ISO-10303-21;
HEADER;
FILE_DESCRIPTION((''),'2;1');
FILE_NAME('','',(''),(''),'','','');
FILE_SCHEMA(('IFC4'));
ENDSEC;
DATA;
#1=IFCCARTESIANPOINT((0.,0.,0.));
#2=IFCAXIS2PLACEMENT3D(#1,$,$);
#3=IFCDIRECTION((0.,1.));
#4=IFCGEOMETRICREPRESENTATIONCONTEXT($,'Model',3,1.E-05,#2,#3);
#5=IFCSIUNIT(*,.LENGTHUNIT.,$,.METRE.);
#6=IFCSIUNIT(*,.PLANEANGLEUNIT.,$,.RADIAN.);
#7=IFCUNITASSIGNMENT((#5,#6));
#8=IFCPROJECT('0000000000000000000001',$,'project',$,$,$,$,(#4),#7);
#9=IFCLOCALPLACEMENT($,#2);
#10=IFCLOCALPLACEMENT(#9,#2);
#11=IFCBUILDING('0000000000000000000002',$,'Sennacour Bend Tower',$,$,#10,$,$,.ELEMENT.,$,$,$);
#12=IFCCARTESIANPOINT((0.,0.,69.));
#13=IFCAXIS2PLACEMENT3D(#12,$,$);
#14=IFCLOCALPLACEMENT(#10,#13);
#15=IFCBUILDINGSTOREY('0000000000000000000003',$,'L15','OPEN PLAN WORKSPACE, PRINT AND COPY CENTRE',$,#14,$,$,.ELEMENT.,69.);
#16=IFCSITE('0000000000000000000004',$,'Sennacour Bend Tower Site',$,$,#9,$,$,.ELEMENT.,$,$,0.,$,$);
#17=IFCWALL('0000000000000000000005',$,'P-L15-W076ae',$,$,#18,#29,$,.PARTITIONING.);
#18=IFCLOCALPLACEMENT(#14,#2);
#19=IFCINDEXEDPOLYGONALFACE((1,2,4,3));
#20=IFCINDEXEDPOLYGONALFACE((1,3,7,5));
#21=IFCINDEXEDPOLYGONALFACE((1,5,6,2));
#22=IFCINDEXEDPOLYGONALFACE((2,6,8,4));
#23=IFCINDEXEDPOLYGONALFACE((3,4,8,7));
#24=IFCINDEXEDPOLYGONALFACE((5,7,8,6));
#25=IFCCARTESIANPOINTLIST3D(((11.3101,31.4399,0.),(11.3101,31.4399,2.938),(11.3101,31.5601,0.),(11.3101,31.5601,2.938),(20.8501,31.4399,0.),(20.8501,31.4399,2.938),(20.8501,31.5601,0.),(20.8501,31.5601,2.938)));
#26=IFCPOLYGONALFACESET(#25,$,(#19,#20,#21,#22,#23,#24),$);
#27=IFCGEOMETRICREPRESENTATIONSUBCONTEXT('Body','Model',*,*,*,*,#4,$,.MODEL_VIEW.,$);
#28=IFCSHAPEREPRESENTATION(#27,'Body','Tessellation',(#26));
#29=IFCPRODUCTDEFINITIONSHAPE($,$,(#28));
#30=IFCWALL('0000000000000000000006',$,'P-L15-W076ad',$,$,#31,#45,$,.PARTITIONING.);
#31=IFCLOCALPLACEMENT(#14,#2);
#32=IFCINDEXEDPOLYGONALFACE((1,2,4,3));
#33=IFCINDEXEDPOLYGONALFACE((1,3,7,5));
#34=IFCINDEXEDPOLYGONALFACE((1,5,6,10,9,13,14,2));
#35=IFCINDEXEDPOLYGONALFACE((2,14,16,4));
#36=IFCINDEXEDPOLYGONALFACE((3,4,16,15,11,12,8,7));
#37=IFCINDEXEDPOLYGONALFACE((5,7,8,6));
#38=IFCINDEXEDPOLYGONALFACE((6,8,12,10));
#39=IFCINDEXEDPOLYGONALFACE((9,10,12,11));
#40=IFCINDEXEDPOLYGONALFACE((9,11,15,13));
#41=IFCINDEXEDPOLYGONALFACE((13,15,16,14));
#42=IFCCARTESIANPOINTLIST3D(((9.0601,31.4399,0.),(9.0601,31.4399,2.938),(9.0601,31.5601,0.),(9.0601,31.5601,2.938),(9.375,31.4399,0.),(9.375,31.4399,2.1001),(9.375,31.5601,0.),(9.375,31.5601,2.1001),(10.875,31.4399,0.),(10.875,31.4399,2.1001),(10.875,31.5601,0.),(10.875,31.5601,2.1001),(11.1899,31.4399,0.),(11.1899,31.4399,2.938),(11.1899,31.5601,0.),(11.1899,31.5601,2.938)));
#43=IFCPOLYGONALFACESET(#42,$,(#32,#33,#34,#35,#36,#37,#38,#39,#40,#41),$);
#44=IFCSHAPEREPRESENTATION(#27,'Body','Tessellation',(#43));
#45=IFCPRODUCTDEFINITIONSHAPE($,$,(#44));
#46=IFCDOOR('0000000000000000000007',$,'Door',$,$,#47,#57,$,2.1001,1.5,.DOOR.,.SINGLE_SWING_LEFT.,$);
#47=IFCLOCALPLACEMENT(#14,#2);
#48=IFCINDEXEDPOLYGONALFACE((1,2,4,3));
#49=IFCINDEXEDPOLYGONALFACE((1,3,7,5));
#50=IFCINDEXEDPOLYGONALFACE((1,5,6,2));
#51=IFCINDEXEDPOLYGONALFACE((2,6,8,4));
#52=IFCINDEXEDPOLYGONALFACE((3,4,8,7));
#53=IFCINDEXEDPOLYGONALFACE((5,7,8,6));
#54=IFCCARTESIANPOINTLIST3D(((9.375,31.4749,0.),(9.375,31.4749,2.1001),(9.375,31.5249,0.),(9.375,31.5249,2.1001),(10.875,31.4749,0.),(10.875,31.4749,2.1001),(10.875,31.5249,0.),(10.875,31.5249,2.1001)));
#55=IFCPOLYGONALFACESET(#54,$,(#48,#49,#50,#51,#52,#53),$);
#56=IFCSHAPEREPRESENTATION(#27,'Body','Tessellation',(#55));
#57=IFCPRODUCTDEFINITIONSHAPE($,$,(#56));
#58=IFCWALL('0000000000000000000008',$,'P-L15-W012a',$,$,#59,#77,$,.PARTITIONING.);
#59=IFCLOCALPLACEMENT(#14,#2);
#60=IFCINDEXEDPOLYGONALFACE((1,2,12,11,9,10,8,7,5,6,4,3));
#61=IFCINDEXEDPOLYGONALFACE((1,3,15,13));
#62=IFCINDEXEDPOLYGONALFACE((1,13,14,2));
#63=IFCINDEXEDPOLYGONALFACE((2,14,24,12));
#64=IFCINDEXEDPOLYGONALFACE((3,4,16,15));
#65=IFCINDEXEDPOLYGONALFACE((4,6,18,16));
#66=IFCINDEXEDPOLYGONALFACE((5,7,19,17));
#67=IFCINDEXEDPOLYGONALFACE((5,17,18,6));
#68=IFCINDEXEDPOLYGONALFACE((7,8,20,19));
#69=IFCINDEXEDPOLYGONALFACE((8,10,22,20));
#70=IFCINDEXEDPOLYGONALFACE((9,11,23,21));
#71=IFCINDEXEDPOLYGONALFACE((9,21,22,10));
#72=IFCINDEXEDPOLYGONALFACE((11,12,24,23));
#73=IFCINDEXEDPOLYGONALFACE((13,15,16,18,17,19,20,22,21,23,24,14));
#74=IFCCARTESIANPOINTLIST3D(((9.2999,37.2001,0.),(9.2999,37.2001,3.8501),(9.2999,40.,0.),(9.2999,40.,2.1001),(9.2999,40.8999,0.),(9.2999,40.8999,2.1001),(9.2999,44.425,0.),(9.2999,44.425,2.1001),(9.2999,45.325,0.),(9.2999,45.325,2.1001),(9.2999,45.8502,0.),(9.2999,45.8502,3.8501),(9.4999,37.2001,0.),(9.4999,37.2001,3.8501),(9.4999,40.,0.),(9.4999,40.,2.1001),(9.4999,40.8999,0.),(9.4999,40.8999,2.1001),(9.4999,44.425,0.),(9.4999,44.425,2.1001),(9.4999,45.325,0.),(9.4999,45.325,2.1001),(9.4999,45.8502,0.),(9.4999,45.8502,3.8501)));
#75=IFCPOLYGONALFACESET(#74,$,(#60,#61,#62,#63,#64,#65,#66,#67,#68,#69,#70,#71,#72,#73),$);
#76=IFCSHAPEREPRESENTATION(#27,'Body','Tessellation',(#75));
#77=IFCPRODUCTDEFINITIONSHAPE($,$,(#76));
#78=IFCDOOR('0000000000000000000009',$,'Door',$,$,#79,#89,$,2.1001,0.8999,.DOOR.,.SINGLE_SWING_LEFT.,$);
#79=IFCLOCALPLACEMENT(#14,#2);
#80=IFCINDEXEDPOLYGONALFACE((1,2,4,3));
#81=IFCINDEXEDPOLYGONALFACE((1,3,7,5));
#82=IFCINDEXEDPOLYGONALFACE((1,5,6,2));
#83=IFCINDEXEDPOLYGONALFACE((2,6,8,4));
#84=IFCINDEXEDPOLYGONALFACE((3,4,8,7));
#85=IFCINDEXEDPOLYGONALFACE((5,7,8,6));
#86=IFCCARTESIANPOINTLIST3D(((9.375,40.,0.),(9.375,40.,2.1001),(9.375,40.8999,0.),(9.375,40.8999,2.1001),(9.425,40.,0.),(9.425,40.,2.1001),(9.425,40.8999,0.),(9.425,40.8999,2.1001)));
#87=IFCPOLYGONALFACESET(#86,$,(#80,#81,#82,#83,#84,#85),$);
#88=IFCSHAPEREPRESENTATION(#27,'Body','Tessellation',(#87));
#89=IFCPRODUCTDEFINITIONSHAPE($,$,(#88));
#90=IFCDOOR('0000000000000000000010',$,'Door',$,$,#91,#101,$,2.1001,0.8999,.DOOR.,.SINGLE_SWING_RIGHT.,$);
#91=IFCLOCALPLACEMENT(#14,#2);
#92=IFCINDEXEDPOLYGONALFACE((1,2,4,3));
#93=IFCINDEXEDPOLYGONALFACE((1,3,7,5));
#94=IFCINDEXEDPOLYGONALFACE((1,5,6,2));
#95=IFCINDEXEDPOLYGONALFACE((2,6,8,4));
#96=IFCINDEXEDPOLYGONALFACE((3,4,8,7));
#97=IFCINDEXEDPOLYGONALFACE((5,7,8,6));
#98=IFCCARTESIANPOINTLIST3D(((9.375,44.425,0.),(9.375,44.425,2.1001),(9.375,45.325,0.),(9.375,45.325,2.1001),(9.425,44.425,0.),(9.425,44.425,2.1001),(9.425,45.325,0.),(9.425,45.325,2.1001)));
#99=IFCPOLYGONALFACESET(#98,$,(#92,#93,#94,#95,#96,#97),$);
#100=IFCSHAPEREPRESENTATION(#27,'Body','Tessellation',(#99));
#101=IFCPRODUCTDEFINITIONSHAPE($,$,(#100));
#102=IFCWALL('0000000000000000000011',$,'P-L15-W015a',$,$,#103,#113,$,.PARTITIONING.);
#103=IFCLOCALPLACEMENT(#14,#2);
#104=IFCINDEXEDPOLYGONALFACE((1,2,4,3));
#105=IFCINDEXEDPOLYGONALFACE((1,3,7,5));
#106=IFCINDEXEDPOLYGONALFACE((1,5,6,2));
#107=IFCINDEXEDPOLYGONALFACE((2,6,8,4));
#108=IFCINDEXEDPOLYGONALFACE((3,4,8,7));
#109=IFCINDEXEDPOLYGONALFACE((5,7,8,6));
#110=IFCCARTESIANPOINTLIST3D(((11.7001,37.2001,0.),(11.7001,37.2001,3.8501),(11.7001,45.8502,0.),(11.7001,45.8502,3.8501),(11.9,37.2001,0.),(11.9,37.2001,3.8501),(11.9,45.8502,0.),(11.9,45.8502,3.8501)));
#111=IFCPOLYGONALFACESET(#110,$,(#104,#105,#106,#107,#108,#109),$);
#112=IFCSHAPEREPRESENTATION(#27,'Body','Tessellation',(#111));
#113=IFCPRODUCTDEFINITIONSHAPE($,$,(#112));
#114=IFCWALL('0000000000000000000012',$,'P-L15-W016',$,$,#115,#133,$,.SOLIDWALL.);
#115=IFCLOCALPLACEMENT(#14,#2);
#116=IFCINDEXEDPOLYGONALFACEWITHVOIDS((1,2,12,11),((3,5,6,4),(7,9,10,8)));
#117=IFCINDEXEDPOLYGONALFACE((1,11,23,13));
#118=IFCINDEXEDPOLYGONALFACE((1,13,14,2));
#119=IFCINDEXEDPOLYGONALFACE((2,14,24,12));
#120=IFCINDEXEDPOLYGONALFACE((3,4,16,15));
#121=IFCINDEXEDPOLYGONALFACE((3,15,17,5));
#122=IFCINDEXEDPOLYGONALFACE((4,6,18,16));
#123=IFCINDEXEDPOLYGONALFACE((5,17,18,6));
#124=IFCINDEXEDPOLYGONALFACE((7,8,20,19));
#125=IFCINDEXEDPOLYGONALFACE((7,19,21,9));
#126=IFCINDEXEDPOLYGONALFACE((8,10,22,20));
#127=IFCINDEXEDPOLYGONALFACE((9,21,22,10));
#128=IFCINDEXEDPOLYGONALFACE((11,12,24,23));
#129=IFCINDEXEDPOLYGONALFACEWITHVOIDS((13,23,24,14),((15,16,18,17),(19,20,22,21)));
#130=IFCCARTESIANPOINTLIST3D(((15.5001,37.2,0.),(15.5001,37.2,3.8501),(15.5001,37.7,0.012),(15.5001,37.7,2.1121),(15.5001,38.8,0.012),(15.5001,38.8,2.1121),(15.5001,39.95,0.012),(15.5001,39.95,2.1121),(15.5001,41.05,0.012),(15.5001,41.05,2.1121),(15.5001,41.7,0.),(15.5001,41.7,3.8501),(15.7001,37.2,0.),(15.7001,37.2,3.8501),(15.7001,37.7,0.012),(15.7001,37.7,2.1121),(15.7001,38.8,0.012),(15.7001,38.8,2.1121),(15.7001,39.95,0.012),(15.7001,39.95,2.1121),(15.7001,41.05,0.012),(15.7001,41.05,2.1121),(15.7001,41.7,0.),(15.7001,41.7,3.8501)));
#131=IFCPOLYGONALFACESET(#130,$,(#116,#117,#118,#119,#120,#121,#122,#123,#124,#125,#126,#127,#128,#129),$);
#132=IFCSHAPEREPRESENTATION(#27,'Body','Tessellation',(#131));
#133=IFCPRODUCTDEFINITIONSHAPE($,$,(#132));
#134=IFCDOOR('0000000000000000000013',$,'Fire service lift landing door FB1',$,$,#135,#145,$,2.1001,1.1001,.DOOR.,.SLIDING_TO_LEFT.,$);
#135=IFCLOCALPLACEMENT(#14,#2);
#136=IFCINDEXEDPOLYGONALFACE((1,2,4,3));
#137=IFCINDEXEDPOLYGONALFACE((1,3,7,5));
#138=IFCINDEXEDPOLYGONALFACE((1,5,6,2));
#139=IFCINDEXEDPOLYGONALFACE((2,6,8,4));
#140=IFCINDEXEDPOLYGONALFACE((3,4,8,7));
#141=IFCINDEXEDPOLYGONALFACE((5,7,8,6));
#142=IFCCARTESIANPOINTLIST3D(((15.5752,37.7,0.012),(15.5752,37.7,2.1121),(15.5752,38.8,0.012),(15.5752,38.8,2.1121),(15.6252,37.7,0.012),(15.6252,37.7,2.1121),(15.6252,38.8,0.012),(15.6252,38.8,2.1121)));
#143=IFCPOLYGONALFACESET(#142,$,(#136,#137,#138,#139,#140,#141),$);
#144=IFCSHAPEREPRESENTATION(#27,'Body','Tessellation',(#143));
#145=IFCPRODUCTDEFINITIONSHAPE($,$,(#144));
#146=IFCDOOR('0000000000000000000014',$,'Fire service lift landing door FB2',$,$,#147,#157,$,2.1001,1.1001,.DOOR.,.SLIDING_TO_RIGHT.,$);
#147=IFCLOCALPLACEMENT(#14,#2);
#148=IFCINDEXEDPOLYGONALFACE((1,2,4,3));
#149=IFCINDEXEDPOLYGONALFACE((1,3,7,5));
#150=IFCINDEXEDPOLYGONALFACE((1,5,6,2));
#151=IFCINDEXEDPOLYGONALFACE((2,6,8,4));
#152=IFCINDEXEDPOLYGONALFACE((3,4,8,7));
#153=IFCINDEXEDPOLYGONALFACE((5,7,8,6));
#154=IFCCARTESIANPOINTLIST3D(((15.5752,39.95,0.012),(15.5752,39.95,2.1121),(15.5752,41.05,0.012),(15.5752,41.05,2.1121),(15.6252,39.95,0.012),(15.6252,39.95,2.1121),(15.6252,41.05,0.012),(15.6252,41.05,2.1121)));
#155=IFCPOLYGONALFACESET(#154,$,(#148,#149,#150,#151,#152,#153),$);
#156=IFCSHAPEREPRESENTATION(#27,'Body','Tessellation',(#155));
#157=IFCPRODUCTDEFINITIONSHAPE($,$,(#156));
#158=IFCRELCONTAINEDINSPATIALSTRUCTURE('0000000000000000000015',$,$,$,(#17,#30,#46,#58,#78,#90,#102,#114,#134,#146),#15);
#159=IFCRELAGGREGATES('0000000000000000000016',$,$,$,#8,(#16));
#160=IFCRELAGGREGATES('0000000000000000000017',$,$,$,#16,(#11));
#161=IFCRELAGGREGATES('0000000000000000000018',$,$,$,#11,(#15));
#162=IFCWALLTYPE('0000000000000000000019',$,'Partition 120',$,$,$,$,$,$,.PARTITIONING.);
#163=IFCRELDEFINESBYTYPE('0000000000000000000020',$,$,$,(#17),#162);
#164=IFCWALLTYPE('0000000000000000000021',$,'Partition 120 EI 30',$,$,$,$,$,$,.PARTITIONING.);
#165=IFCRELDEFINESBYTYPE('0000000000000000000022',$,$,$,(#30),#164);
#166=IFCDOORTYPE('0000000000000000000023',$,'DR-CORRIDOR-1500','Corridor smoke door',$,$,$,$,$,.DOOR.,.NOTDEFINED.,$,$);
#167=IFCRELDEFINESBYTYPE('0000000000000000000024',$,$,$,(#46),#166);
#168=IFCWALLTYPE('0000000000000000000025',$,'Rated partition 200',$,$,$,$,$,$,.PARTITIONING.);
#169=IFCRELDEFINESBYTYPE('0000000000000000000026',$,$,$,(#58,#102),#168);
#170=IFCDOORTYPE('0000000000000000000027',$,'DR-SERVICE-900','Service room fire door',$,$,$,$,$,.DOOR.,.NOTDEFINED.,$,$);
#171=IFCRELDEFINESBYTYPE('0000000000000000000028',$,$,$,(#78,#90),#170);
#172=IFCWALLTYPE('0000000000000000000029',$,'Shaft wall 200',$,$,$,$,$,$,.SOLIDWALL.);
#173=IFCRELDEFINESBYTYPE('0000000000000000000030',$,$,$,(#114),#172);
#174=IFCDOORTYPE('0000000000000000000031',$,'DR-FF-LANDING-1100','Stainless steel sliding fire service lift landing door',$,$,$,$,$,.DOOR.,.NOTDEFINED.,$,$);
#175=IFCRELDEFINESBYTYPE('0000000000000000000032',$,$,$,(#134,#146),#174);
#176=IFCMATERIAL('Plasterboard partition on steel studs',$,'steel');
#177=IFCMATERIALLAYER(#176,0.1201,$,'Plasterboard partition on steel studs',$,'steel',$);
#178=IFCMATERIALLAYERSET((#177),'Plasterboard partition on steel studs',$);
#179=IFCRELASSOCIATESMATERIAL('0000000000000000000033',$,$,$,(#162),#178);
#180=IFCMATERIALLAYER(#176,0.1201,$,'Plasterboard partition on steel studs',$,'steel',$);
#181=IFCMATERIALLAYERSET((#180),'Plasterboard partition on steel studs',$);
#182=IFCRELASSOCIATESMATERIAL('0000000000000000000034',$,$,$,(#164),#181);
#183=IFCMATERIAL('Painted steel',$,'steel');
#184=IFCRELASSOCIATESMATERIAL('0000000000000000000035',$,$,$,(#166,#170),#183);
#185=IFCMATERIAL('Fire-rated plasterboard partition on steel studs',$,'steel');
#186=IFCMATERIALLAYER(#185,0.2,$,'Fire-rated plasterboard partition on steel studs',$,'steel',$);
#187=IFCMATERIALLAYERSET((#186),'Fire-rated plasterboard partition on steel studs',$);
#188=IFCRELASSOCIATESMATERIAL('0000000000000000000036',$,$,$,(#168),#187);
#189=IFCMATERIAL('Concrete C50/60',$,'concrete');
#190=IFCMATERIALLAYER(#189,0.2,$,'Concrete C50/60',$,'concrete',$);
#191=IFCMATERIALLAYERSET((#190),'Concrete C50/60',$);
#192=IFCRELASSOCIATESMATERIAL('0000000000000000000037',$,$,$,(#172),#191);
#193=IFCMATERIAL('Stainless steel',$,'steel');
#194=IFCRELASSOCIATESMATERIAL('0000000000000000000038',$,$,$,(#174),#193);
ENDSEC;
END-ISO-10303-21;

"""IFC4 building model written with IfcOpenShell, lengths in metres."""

from ifc_helpers import new_model, si_unit, direction, frame, frame_2d, origin, place, context, subcontext, project, spatial, rectangle, extrude, material, layer, layer_set, type_object, element, fill, save


model = new_model("IFC4")

# Units and contexts
model_context = context("Model", 3, precision=1e-05, world=origin(), true_north=direction((0.0, 1.0)))
body_context = subcontext(model_context, "Body", "Model", "MODEL_VIEW")
ifc_project = project(units=[si_unit("LENGTHUNIT", "METRE"), si_unit("PLANEANGLEUNIT", "RADIAN")], contexts=[model_context])

# Site, building, storey
site_placement = place(None, origin())
site = spatial("IfcSite", under=ifc_project, at=site_placement, Name="Sennacour Bend Tower Site", CompositionType="ELEMENT", RefElevation=0.0)
building_placement = place(site_placement, origin())
building = spatial("IfcBuilding", under=site, at=building_placement, Name="Sennacour Bend Tower", CompositionType="ELEMENT")
storey_placement = place(building_placement, frame((0.0, 0.0, 69.0)))
storey = spatial("IfcBuildingStorey", under=building, at=storey_placement, Name="L15", Description="OPEN PLAN WORKSPACE, PRINT AND COPY CENTRE", CompositionType="ELEMENT", Elevation=69.0)

# Wall
ifc_material_1 = material(Name="Plasterboard partition on steel studs", Category="steel")
ifc_layer_1 = layer(ifc_material_1, 0.1201, Name="Plasterboard partition on steel studs", Category="steel")
ifc_layer_set_1 = layer_set([ifc_layer_1], Name="Plasterboard partition on steel studs")
wall_type_1 = type_object("IfcWallType", Name="Partition 120", PredefinedType="PARTITIONING", material=ifc_layer_set_1)
wall_1_placement = place(storey_placement, frame((11.3101, 31.5, 0.0), z_axis=(0.0, 0.0, 1.0), x_axis=(1.0, 0.0, 0.0)))
element("IfcWall", 1, at=wall_1_placement, inside=storey, type_object=wall_type_1, Name="P-L15-W076ae", PredefinedType="PARTITIONING", context=body_context, shape_type="SweptSolid", body=[
    extrude(rectangle(XDim=9.54, YDim=0.1201, at=frame_2d((4.77, 0.0))), origin(), (0.0, 0.0, 1.0), 2.938),
])

# Wall, opening, door
ifc_layer_2 = layer(ifc_material_1, 0.1201, Name="Plasterboard partition on steel studs", Category="steel")
ifc_layer_set_2 = layer_set([ifc_layer_2], Name="Plasterboard partition on steel studs")
wall_type_2 = type_object("IfcWallType", Name="Partition 120 EI 30", PredefinedType="PARTITIONING", material=ifc_layer_set_2)
wall_2_placement = place(storey_placement, frame((9.0601, 31.5, 0.0), z_axis=(0.0, 0.0, 1.0), x_axis=(1.0, 0.0, 0.0)))
wall_2 = element("IfcWall", 2, at=wall_2_placement, inside=storey, type_object=wall_type_2, Name="P-L15-W076ad", PredefinedType="PARTITIONING", context=body_context, shape_type="SweptSolid", body=[
    extrude(rectangle(XDim=2.1299, YDim=0.1201, at=frame_2d((1.0649, 0.0))), origin(), (0.0, 0.0, 1.0), 2.938),
])
opening_1_placement = place(wall_2_placement, frame((0.3149, 0.0, 0.0)))
opening_1 = element("IfcOpeningElement", 3, at=opening_1_placement, cuts=wall_2, PredefinedType="OPENING", context=body_context, shape_type="SweptSolid", body=[
    extrude(rectangle(XDim=1.5, YDim=2.1001, at=frame_2d((0.75, 1.05))), frame((0.0, 0.0701, 0.0), z_axis=(0.0, -1.0, 0.0), x_axis=(1.0, 0.0, 0.0)), (0.0, 0.0, 1.0), 0.1401),
])
ifc_material_2 = material(Name="Painted steel", Category="steel")
door_type_1 = type_object("IfcDoorType", Name="DR-CORRIDOR-1500", Description="Corridor smoke door", OperationType="NOTDEFINED", PredefinedType="DOOR", material=ifc_material_2)
door_1_placement = place(opening_1_placement, origin())
door_1 = element("IfcDoor", 4, at=door_1_placement, inside=storey, type_object=door_type_1, Name="Door", OperationType="SINGLE_SWING_LEFT", OverallHeight=2.1001, OverallWidth=1.5, PredefinedType="DOOR", context=body_context, shape_type="SweptSolid", body=[
    extrude(rectangle(XDim=1.5, YDim=2.1001, at=frame_2d((0.75, 1.05))), frame((0.0, 0.0249, 0.0), z_axis=(0.0, -1.0, 0.0), x_axis=(1.0, 0.0, 0.0)), (0.0, 0.0, 1.0), 0.05),
])
fill(opening_1, door_1)

# Wall, openings, doors
ifc_material_3 = material(Name="Fire-rated plasterboard partition on steel studs", Category="steel")
ifc_layer_3 = layer(ifc_material_3, 0.2, Name="Fire-rated plasterboard partition on steel studs", Category="steel")
ifc_layer_set_3 = layer_set([ifc_layer_3], Name="Fire-rated plasterboard partition on steel studs")
wall_type_3 = type_object("IfcWallType", Name="Rated partition 200", PredefinedType="PARTITIONING", material=ifc_layer_set_3)
wall_3_placement = place(storey_placement, frame((9.3999, 37.2, 0.0), z_axis=(0.0, 0.0, 1.0), x_axis=(0.0, 1.0, 0.0)))
wall_3 = element("IfcWall", 5, at=wall_3_placement, inside=storey, type_object=wall_type_3, Name="P-L15-W012a", PredefinedType="PARTITIONING", context=body_context, shape_type="SweptSolid", body=[
    extrude(rectangle(XDim=8.6501, YDim=0.2, at=frame_2d((4.3252, 0.0))), origin(), (0.0, 0.0, 1.0), 3.8501),
])
opening_2_placement = place(wall_3_placement, frame((2.8, 0.0, 0.0)))
opening_2 = element("IfcOpeningElement", 6, at=opening_2_placement, cuts=wall_3, PredefinedType="OPENING", context=body_context, shape_type="SweptSolid", body=[
    extrude(rectangle(XDim=0.8999, YDim=2.1001, at=frame_2d((0.45, 1.05))), frame((0.0, 0.1099, 0.0), z_axis=(0.0, -1.0, 0.0), x_axis=(1.0, 0.0, 0.0)), (0.0, 0.0, 1.0), 0.22),
])
opening_3_placement = place(wall_3_placement, frame((7.2251, 0.0, 0.0)))
opening_3 = element("IfcOpeningElement", 7, at=opening_3_placement, cuts=wall_3, PredefinedType="OPENING", context=body_context, shape_type="SweptSolid", body=[
    extrude(rectangle(XDim=0.8999, YDim=2.1001, at=frame_2d((0.45, 1.05))), frame((0.0, 0.1099, 0.0), z_axis=(0.0, -1.0, 0.0), x_axis=(1.0, 0.0, 0.0)), (0.0, 0.0, 1.0), 0.22),
])
door_type_2 = type_object("IfcDoorType", Name="DR-SERVICE-900", Description="Service room fire door", OperationType="NOTDEFINED", PredefinedType="DOOR", material=ifc_material_2)
door_2_placement = place(opening_2_placement, origin())
door_2 = element("IfcDoor", 8, at=door_2_placement, inside=storey, type_object=door_type_2, Name="Door", OperationType="SINGLE_SWING_LEFT", OverallHeight=2.1001, OverallWidth=0.8999, PredefinedType="DOOR", context=body_context, shape_type="SweptSolid", body=[
    extrude(rectangle(XDim=0.8999, YDim=2.1001, at=frame_2d((0.45, 1.05))), frame((0.0, 0.0249, 0.0), z_axis=(0.0, -1.0, 0.0), x_axis=(1.0, 0.0, 0.0)), (0.0, 0.0, 1.0), 0.05),
])
fill(opening_2, door_2)
door_3_placement = place(opening_3_placement, origin())
door_3 = element("IfcDoor", 9, at=door_3_placement, inside=storey, type_object=door_type_2, Name="Door", OperationType="SINGLE_SWING_RIGHT", OverallHeight=2.1001, OverallWidth=0.8999, PredefinedType="DOOR", context=body_context, shape_type="SweptSolid", body=[
    extrude(rectangle(XDim=0.8999, YDim=2.1001, at=frame_2d((0.45, 1.05))), frame((0.0, 0.0249, 0.0), z_axis=(0.0, -1.0, 0.0), x_axis=(1.0, 0.0, 0.0)), (0.0, 0.0, 1.0), 0.05),
])
fill(opening_3, door_3)

# Wall
wall_4_placement = place(storey_placement, frame((11.8, 37.2, 0.0), z_axis=(0.0, 0.0, 1.0), x_axis=(0.0, 1.0, 0.0)))
element("IfcWall", 10, at=wall_4_placement, inside=storey, type_object=wall_type_3, Name="P-L15-W015a", PredefinedType="PARTITIONING", context=body_context, shape_type="SweptSolid", body=[
    extrude(rectangle(XDim=8.6501, YDim=0.2, at=frame_2d((4.3252, 0.0))), origin(), (0.0, 0.0, 1.0), 3.8501),
])

# Wall, openings, doors
ifc_material_4 = material(Name="Concrete C50/60", Category="concrete")
ifc_layer_4 = layer(ifc_material_4, 0.2, Name="Concrete C50/60", Category="concrete")
ifc_layer_set_4 = layer_set([ifc_layer_4], Name="Concrete C50/60")
wall_type_4 = type_object("IfcWallType", Name="Shaft wall 200", PredefinedType="SOLIDWALL", material=ifc_layer_set_4)
wall_5_placement = place(storey_placement, frame((15.6001, 37.2, 0.0), z_axis=(0.0, 0.0, 1.0), x_axis=(0.0, 1.0, 0.0)))
wall_5 = element("IfcWall", 11, at=wall_5_placement, inside=storey, type_object=wall_type_4, Name="P-L15-W016", PredefinedType="SOLIDWALL", context=body_context, shape_type="SweptSolid", body=[
    extrude(rectangle(XDim=4.5, YDim=0.2, at=frame_2d((2.25, 0.0))), origin(), (0.0, 0.0, 1.0), 3.8501),
])
opening_4_placement = place(wall_5_placement, frame((0.5, 0.0, 0.012)))
opening_4 = element("IfcOpeningElement", 12, at=opening_4_placement, cuts=wall_5, PredefinedType="OPENING", context=body_context, shape_type="SweptSolid", body=[
    extrude(rectangle(XDim=1.1001, YDim=2.1001, at=frame_2d((0.55, 1.05))), frame((0.0, 0.1099, 0.0), z_axis=(0.0, -1.0, 0.0), x_axis=(1.0, 0.0, 0.0)), (0.0, 0.0, 1.0), 0.22),
])
opening_5_placement = place(wall_5_placement, frame((2.75, 0.0, 0.012)))
opening_5 = element("IfcOpeningElement", 13, at=opening_5_placement, cuts=wall_5, PredefinedType="OPENING", context=body_context, shape_type="SweptSolid", body=[
    extrude(rectangle(XDim=1.1001, YDim=2.1001, at=frame_2d((0.55, 1.05))), frame((0.0, 0.1099, 0.0), z_axis=(0.0, -1.0, 0.0), x_axis=(1.0, 0.0, 0.0)), (0.0, 0.0, 1.0), 0.22),
])
ifc_material_5 = material(Name="Stainless steel", Category="steel")
door_type_3 = type_object("IfcDoorType", Name="DR-FF-LANDING-1100", Description="Stainless steel sliding fire service lift landing door", OperationType="NOTDEFINED", PredefinedType="DOOR", material=ifc_material_5)
door_4_placement = place(opening_4_placement, origin())
door_4 = element("IfcDoor", 14, at=door_4_placement, inside=storey, type_object=door_type_3, Name="Fire service lift landing door FB1", OperationType="SLIDING_TO_LEFT", OverallHeight=2.1001, OverallWidth=1.1001, PredefinedType="DOOR", context=body_context, shape_type="SweptSolid", body=[
    extrude(rectangle(XDim=1.1001, YDim=2.1001, at=frame_2d((0.55, 1.05))), frame((0.0, 0.0249, 0.0), z_axis=(0.0, -1.0, 0.0), x_axis=(1.0, 0.0, 0.0)), (0.0, 0.0, 1.0), 0.05),
])
fill(opening_4, door_4)
door_5_placement = place(opening_5_placement, origin())
door_5 = element("IfcDoor", 15, at=door_5_placement, inside=storey, type_object=door_type_3, Name="Fire service lift landing door FB2", OperationType="SLIDING_TO_RIGHT", OverallHeight=2.1001, OverallWidth=1.1001, PredefinedType="DOOR", context=body_context, shape_type="SweptSolid", body=[
    extrude(rectangle(XDim=1.1001, YDim=2.1001, at=frame_2d((0.55, 1.05))), frame((0.0, 0.0249, 0.0), z_axis=(0.0, -1.0, 0.0), x_axis=(1.0, 0.0, 0.0)), (0.0, 0.0, 1.0), 0.05),
])
fill(opening_5, door_5)

save(model, "model.ifc")
